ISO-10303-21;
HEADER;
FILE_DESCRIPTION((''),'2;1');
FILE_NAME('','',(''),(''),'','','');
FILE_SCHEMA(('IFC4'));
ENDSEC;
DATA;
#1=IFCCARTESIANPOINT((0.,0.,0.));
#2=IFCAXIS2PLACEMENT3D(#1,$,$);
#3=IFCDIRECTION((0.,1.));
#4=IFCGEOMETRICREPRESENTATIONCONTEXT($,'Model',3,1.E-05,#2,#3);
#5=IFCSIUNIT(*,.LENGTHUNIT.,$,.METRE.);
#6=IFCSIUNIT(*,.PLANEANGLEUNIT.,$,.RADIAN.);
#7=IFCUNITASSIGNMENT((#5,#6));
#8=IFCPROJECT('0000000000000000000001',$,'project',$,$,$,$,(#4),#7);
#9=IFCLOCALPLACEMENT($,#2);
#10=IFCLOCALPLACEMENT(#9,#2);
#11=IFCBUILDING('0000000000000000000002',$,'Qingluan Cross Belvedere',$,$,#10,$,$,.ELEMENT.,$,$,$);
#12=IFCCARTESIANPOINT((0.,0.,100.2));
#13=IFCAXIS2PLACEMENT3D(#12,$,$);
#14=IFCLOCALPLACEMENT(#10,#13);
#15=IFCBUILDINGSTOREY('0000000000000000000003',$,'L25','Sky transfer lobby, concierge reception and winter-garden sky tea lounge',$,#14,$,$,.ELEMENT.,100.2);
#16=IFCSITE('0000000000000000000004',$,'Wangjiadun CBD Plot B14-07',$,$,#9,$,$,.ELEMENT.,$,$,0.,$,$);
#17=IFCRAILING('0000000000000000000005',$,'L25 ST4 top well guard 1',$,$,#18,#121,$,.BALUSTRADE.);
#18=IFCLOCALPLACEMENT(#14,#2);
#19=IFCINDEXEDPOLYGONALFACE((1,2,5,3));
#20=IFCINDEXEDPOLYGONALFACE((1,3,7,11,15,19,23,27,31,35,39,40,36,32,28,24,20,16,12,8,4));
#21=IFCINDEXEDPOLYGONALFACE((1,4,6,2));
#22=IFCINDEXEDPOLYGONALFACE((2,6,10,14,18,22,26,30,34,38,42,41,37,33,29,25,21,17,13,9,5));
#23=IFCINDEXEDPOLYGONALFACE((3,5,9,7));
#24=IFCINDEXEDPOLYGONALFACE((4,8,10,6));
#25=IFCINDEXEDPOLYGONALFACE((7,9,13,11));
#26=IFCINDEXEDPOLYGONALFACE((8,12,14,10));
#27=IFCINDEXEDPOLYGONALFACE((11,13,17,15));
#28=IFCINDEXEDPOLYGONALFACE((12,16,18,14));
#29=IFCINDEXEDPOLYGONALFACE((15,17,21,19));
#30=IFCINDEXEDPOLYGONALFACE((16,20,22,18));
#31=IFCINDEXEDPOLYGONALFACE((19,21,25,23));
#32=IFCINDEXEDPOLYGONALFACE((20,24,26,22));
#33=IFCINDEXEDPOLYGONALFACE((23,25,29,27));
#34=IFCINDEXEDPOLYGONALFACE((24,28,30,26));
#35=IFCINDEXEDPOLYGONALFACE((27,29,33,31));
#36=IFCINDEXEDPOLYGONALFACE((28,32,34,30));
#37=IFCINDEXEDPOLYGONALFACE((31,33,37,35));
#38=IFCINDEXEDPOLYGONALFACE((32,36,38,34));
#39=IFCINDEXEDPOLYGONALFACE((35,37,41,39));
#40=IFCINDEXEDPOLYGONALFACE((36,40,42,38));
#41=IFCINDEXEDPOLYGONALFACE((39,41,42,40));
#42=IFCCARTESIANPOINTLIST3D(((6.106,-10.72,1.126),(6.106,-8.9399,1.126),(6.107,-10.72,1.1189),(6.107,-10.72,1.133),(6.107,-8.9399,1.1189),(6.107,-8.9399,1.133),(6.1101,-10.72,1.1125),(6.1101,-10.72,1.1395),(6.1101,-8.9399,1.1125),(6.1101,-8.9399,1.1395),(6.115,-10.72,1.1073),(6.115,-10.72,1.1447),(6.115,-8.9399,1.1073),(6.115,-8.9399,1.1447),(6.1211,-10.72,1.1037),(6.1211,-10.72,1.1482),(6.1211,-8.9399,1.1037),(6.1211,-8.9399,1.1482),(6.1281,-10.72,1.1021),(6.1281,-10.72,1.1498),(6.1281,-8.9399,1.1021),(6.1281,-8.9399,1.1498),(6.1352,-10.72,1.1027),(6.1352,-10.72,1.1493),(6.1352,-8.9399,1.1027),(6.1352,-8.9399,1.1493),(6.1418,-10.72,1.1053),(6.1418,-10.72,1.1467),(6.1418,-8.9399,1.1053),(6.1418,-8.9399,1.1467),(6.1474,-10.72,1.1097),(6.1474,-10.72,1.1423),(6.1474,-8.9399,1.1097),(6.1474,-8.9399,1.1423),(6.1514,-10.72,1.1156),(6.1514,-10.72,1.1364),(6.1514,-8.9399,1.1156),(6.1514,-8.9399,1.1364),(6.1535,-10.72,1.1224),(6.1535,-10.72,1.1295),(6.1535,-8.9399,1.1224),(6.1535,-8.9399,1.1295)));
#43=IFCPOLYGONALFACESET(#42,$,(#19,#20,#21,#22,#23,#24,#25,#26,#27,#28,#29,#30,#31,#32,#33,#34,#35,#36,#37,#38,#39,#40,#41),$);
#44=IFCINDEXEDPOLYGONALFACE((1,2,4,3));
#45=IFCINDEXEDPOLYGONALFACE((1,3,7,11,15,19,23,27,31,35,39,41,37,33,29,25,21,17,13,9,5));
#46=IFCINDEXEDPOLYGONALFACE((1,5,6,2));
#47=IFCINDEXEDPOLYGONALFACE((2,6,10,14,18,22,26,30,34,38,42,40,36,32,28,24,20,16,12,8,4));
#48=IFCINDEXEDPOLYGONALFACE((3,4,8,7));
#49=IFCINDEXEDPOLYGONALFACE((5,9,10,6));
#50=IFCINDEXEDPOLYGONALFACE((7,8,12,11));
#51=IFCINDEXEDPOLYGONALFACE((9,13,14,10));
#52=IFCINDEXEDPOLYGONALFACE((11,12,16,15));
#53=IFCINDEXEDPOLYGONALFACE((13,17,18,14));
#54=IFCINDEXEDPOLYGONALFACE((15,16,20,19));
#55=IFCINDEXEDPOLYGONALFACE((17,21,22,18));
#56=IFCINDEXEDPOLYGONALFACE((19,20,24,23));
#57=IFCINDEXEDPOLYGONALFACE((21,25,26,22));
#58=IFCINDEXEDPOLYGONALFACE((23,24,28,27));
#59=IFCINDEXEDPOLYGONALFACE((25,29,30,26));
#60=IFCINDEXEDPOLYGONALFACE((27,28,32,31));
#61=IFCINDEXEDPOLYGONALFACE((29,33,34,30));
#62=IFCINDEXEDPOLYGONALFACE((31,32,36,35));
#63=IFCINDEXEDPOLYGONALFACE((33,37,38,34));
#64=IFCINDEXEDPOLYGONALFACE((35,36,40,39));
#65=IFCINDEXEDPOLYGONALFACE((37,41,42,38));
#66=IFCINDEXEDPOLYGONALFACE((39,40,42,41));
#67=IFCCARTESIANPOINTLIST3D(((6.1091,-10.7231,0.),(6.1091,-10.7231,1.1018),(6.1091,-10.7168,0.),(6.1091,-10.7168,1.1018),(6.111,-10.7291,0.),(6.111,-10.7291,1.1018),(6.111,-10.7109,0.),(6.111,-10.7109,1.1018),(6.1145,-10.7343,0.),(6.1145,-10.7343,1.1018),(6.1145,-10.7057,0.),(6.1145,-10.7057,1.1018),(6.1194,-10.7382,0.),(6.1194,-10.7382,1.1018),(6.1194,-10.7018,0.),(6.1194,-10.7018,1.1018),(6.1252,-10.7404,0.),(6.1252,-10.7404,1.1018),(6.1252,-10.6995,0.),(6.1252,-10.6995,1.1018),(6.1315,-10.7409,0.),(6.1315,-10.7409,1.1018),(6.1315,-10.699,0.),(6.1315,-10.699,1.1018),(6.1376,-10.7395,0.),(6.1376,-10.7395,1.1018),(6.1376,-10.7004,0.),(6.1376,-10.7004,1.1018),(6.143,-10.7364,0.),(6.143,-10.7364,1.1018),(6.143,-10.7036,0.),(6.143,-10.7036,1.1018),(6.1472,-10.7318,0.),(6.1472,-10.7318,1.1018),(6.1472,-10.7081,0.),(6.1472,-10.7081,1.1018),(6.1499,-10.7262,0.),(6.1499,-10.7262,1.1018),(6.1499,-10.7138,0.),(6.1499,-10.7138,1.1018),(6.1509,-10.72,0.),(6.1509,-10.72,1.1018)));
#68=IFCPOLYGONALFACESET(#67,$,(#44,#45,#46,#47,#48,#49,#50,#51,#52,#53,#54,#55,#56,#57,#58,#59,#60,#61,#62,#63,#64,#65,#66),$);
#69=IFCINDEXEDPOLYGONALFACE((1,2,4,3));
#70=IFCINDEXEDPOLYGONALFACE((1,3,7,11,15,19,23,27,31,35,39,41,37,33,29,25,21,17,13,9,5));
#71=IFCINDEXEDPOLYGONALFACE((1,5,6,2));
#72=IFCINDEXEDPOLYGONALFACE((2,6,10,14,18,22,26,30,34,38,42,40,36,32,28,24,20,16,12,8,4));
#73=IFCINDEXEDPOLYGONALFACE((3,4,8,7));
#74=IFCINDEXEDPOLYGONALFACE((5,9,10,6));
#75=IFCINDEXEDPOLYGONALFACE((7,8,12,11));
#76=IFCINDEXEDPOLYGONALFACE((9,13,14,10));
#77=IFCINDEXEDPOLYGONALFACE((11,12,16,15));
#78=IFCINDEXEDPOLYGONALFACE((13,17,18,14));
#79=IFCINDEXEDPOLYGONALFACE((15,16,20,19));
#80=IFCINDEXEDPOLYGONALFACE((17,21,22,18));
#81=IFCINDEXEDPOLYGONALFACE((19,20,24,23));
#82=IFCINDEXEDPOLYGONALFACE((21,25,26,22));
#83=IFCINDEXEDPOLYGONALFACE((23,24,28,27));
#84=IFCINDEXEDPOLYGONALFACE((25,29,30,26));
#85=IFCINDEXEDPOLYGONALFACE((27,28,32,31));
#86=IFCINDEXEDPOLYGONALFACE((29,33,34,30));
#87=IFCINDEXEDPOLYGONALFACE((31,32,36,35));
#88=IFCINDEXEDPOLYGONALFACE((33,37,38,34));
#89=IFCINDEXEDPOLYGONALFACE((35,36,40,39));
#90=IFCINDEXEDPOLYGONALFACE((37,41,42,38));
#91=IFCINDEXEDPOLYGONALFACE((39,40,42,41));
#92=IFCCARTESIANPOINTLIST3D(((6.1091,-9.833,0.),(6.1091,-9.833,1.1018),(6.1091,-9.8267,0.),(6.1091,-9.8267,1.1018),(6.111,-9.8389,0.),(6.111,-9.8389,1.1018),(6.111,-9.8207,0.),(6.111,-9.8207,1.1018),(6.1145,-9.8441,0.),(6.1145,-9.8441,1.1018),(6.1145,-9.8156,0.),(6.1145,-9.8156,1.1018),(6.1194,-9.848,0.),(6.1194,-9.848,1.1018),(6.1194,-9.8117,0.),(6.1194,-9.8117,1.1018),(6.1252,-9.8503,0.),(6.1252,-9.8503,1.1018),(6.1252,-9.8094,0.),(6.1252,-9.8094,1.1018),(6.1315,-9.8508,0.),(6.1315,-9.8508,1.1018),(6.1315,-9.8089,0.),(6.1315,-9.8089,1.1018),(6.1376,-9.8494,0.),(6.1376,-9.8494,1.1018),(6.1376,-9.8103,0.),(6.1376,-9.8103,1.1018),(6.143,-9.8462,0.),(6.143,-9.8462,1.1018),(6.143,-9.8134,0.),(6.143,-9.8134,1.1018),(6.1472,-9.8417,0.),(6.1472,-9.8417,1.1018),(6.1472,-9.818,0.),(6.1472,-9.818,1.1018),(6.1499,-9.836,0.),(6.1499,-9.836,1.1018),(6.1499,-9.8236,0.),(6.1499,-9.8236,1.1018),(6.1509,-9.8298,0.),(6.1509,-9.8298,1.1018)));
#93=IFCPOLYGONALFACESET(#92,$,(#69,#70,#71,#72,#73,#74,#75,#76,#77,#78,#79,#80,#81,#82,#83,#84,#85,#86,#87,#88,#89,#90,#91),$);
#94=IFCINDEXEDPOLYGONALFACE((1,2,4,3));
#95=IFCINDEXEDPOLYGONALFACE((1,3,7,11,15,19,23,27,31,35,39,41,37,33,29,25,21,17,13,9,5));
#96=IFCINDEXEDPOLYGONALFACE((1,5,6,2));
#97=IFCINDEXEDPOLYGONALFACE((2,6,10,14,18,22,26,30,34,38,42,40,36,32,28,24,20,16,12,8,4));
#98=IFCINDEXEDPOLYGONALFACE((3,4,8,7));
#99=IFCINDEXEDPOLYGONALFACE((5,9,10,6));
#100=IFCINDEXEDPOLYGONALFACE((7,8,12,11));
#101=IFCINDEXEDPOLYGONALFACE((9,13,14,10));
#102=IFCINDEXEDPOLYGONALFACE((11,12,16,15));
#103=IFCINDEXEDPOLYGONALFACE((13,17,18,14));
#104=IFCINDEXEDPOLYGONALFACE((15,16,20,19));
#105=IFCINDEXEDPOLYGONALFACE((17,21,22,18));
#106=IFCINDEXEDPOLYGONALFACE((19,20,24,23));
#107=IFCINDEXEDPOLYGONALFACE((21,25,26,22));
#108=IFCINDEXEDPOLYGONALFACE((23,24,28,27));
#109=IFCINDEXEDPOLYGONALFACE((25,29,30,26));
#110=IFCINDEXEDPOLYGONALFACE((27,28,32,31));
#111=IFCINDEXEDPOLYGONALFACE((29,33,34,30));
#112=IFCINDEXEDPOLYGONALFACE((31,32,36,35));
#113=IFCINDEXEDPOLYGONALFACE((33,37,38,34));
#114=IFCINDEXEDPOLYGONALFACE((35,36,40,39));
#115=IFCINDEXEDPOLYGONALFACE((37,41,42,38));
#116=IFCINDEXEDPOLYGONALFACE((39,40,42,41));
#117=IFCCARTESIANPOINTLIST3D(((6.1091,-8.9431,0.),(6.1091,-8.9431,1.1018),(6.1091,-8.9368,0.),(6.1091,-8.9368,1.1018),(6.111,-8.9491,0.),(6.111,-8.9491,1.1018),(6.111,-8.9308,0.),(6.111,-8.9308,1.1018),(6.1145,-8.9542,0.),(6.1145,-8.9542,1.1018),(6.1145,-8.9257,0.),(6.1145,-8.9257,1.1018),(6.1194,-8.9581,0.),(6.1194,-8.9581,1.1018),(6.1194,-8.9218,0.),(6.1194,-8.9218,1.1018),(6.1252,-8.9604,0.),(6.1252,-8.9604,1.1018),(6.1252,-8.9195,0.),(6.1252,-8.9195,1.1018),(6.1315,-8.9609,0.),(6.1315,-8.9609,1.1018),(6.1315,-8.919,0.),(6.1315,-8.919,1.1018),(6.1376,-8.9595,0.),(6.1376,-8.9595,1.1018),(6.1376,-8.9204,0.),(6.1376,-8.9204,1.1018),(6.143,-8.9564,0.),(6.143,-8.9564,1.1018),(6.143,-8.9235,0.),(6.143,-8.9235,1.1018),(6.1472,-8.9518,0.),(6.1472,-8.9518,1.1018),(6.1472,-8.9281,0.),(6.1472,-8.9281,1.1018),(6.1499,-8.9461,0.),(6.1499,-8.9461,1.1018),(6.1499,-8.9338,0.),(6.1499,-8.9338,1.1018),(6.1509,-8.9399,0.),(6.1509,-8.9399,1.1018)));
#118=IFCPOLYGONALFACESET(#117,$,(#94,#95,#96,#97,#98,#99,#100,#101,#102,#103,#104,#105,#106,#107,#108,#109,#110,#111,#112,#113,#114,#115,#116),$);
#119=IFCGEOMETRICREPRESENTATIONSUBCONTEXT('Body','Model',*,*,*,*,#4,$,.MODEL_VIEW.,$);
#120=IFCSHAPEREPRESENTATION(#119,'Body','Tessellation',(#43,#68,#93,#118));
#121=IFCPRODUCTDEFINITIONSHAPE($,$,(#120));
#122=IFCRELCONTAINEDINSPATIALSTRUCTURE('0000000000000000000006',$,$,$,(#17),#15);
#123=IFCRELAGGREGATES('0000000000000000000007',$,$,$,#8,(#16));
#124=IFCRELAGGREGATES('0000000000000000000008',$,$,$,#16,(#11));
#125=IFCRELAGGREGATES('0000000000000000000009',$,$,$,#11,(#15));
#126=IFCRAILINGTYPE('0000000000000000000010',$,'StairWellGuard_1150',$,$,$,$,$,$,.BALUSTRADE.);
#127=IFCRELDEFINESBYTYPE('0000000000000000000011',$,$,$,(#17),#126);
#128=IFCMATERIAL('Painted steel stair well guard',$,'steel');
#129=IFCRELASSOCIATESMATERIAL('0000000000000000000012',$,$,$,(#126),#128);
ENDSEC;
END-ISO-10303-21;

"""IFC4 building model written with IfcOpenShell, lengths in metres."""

from ifc_helpers import new_model, si_unit, direction, frame, origin, origin_2d, place, context, subcontext, project, spatial, circle, extrude, material, type_object, element, save


model = new_model("IFC4")

# Units and contexts
model_context = context("Model", 3, precision=1e-05, world=origin(), true_north=direction((0.0, 1.0)))
body_context = subcontext(model_context, "Body", "Model", "MODEL_VIEW")
ifc_project = project(units=[si_unit("LENGTHUNIT", "METRE"), si_unit("PLANEANGLEUNIT", "RADIAN")], contexts=[model_context])

# Site, building, storey
site_placement = place(None, origin())
site = spatial("IfcSite", under=ifc_project, at=site_placement, Name="Wangjiadun CBD Plot B14-07", CompositionType="ELEMENT", RefElevation=0.0)
building_placement = place(site_placement, origin())
building = spatial("IfcBuilding", under=site, at=building_placement, Name="Qingluan Cross Belvedere", CompositionType="ELEMENT")
storey_placement = place(building_placement, frame((0.0, 0.0, 100.2)))
storey = spatial("IfcBuildingStorey", under=building, at=storey_placement, Name="L25", Description="Sky transfer lobby, concierge reception and winter-garden sky tea lounge", CompositionType="ELEMENT", Elevation=100.2)

# Railing
ifc_material_1 = material(Name="Painted steel stair well guard", Category="steel")
railing_type = type_object("IfcRailingType", Name="StairWellGuard_1150", PredefinedType="BALUSTRADE", material=ifc_material_1)
railing_placement = place(storey_placement, frame((6.1299, -10.72, 0.0)))
element("IfcRailing", 1, at=railing_placement, inside=storey, type_object=railing_type, Name="L25 ST4 top well guard 1", PredefinedType="BALUSTRADE", context=body_context, shape_type="SweptSolid", body=[
    extrude(circle(Radius=0.0239, at=origin_2d()), frame((0.0, 0.0, 1.126), z_axis=(0.0, 1.0, 0.0), x_axis=(-1.0, 0.0, 0.0)), (0.0, 0.0, 1.0), 1.78),
    extrude(circle(Radius=0.021, at=origin_2d()), origin(), (0.0, 0.0, 1.0), 1.1018),
    extrude(circle(Radius=0.021, at=origin_2d()), frame((0.0, 0.8901, 0.0)), (0.0, 0.0, 1.0), 1.1018),
    extrude(circle(Radius=0.021, at=origin_2d()), frame((0.0, 1.78, 0.0)), (0.0, 0.0, 1.0), 1.1018),
])

save(model, "model.ifc")
